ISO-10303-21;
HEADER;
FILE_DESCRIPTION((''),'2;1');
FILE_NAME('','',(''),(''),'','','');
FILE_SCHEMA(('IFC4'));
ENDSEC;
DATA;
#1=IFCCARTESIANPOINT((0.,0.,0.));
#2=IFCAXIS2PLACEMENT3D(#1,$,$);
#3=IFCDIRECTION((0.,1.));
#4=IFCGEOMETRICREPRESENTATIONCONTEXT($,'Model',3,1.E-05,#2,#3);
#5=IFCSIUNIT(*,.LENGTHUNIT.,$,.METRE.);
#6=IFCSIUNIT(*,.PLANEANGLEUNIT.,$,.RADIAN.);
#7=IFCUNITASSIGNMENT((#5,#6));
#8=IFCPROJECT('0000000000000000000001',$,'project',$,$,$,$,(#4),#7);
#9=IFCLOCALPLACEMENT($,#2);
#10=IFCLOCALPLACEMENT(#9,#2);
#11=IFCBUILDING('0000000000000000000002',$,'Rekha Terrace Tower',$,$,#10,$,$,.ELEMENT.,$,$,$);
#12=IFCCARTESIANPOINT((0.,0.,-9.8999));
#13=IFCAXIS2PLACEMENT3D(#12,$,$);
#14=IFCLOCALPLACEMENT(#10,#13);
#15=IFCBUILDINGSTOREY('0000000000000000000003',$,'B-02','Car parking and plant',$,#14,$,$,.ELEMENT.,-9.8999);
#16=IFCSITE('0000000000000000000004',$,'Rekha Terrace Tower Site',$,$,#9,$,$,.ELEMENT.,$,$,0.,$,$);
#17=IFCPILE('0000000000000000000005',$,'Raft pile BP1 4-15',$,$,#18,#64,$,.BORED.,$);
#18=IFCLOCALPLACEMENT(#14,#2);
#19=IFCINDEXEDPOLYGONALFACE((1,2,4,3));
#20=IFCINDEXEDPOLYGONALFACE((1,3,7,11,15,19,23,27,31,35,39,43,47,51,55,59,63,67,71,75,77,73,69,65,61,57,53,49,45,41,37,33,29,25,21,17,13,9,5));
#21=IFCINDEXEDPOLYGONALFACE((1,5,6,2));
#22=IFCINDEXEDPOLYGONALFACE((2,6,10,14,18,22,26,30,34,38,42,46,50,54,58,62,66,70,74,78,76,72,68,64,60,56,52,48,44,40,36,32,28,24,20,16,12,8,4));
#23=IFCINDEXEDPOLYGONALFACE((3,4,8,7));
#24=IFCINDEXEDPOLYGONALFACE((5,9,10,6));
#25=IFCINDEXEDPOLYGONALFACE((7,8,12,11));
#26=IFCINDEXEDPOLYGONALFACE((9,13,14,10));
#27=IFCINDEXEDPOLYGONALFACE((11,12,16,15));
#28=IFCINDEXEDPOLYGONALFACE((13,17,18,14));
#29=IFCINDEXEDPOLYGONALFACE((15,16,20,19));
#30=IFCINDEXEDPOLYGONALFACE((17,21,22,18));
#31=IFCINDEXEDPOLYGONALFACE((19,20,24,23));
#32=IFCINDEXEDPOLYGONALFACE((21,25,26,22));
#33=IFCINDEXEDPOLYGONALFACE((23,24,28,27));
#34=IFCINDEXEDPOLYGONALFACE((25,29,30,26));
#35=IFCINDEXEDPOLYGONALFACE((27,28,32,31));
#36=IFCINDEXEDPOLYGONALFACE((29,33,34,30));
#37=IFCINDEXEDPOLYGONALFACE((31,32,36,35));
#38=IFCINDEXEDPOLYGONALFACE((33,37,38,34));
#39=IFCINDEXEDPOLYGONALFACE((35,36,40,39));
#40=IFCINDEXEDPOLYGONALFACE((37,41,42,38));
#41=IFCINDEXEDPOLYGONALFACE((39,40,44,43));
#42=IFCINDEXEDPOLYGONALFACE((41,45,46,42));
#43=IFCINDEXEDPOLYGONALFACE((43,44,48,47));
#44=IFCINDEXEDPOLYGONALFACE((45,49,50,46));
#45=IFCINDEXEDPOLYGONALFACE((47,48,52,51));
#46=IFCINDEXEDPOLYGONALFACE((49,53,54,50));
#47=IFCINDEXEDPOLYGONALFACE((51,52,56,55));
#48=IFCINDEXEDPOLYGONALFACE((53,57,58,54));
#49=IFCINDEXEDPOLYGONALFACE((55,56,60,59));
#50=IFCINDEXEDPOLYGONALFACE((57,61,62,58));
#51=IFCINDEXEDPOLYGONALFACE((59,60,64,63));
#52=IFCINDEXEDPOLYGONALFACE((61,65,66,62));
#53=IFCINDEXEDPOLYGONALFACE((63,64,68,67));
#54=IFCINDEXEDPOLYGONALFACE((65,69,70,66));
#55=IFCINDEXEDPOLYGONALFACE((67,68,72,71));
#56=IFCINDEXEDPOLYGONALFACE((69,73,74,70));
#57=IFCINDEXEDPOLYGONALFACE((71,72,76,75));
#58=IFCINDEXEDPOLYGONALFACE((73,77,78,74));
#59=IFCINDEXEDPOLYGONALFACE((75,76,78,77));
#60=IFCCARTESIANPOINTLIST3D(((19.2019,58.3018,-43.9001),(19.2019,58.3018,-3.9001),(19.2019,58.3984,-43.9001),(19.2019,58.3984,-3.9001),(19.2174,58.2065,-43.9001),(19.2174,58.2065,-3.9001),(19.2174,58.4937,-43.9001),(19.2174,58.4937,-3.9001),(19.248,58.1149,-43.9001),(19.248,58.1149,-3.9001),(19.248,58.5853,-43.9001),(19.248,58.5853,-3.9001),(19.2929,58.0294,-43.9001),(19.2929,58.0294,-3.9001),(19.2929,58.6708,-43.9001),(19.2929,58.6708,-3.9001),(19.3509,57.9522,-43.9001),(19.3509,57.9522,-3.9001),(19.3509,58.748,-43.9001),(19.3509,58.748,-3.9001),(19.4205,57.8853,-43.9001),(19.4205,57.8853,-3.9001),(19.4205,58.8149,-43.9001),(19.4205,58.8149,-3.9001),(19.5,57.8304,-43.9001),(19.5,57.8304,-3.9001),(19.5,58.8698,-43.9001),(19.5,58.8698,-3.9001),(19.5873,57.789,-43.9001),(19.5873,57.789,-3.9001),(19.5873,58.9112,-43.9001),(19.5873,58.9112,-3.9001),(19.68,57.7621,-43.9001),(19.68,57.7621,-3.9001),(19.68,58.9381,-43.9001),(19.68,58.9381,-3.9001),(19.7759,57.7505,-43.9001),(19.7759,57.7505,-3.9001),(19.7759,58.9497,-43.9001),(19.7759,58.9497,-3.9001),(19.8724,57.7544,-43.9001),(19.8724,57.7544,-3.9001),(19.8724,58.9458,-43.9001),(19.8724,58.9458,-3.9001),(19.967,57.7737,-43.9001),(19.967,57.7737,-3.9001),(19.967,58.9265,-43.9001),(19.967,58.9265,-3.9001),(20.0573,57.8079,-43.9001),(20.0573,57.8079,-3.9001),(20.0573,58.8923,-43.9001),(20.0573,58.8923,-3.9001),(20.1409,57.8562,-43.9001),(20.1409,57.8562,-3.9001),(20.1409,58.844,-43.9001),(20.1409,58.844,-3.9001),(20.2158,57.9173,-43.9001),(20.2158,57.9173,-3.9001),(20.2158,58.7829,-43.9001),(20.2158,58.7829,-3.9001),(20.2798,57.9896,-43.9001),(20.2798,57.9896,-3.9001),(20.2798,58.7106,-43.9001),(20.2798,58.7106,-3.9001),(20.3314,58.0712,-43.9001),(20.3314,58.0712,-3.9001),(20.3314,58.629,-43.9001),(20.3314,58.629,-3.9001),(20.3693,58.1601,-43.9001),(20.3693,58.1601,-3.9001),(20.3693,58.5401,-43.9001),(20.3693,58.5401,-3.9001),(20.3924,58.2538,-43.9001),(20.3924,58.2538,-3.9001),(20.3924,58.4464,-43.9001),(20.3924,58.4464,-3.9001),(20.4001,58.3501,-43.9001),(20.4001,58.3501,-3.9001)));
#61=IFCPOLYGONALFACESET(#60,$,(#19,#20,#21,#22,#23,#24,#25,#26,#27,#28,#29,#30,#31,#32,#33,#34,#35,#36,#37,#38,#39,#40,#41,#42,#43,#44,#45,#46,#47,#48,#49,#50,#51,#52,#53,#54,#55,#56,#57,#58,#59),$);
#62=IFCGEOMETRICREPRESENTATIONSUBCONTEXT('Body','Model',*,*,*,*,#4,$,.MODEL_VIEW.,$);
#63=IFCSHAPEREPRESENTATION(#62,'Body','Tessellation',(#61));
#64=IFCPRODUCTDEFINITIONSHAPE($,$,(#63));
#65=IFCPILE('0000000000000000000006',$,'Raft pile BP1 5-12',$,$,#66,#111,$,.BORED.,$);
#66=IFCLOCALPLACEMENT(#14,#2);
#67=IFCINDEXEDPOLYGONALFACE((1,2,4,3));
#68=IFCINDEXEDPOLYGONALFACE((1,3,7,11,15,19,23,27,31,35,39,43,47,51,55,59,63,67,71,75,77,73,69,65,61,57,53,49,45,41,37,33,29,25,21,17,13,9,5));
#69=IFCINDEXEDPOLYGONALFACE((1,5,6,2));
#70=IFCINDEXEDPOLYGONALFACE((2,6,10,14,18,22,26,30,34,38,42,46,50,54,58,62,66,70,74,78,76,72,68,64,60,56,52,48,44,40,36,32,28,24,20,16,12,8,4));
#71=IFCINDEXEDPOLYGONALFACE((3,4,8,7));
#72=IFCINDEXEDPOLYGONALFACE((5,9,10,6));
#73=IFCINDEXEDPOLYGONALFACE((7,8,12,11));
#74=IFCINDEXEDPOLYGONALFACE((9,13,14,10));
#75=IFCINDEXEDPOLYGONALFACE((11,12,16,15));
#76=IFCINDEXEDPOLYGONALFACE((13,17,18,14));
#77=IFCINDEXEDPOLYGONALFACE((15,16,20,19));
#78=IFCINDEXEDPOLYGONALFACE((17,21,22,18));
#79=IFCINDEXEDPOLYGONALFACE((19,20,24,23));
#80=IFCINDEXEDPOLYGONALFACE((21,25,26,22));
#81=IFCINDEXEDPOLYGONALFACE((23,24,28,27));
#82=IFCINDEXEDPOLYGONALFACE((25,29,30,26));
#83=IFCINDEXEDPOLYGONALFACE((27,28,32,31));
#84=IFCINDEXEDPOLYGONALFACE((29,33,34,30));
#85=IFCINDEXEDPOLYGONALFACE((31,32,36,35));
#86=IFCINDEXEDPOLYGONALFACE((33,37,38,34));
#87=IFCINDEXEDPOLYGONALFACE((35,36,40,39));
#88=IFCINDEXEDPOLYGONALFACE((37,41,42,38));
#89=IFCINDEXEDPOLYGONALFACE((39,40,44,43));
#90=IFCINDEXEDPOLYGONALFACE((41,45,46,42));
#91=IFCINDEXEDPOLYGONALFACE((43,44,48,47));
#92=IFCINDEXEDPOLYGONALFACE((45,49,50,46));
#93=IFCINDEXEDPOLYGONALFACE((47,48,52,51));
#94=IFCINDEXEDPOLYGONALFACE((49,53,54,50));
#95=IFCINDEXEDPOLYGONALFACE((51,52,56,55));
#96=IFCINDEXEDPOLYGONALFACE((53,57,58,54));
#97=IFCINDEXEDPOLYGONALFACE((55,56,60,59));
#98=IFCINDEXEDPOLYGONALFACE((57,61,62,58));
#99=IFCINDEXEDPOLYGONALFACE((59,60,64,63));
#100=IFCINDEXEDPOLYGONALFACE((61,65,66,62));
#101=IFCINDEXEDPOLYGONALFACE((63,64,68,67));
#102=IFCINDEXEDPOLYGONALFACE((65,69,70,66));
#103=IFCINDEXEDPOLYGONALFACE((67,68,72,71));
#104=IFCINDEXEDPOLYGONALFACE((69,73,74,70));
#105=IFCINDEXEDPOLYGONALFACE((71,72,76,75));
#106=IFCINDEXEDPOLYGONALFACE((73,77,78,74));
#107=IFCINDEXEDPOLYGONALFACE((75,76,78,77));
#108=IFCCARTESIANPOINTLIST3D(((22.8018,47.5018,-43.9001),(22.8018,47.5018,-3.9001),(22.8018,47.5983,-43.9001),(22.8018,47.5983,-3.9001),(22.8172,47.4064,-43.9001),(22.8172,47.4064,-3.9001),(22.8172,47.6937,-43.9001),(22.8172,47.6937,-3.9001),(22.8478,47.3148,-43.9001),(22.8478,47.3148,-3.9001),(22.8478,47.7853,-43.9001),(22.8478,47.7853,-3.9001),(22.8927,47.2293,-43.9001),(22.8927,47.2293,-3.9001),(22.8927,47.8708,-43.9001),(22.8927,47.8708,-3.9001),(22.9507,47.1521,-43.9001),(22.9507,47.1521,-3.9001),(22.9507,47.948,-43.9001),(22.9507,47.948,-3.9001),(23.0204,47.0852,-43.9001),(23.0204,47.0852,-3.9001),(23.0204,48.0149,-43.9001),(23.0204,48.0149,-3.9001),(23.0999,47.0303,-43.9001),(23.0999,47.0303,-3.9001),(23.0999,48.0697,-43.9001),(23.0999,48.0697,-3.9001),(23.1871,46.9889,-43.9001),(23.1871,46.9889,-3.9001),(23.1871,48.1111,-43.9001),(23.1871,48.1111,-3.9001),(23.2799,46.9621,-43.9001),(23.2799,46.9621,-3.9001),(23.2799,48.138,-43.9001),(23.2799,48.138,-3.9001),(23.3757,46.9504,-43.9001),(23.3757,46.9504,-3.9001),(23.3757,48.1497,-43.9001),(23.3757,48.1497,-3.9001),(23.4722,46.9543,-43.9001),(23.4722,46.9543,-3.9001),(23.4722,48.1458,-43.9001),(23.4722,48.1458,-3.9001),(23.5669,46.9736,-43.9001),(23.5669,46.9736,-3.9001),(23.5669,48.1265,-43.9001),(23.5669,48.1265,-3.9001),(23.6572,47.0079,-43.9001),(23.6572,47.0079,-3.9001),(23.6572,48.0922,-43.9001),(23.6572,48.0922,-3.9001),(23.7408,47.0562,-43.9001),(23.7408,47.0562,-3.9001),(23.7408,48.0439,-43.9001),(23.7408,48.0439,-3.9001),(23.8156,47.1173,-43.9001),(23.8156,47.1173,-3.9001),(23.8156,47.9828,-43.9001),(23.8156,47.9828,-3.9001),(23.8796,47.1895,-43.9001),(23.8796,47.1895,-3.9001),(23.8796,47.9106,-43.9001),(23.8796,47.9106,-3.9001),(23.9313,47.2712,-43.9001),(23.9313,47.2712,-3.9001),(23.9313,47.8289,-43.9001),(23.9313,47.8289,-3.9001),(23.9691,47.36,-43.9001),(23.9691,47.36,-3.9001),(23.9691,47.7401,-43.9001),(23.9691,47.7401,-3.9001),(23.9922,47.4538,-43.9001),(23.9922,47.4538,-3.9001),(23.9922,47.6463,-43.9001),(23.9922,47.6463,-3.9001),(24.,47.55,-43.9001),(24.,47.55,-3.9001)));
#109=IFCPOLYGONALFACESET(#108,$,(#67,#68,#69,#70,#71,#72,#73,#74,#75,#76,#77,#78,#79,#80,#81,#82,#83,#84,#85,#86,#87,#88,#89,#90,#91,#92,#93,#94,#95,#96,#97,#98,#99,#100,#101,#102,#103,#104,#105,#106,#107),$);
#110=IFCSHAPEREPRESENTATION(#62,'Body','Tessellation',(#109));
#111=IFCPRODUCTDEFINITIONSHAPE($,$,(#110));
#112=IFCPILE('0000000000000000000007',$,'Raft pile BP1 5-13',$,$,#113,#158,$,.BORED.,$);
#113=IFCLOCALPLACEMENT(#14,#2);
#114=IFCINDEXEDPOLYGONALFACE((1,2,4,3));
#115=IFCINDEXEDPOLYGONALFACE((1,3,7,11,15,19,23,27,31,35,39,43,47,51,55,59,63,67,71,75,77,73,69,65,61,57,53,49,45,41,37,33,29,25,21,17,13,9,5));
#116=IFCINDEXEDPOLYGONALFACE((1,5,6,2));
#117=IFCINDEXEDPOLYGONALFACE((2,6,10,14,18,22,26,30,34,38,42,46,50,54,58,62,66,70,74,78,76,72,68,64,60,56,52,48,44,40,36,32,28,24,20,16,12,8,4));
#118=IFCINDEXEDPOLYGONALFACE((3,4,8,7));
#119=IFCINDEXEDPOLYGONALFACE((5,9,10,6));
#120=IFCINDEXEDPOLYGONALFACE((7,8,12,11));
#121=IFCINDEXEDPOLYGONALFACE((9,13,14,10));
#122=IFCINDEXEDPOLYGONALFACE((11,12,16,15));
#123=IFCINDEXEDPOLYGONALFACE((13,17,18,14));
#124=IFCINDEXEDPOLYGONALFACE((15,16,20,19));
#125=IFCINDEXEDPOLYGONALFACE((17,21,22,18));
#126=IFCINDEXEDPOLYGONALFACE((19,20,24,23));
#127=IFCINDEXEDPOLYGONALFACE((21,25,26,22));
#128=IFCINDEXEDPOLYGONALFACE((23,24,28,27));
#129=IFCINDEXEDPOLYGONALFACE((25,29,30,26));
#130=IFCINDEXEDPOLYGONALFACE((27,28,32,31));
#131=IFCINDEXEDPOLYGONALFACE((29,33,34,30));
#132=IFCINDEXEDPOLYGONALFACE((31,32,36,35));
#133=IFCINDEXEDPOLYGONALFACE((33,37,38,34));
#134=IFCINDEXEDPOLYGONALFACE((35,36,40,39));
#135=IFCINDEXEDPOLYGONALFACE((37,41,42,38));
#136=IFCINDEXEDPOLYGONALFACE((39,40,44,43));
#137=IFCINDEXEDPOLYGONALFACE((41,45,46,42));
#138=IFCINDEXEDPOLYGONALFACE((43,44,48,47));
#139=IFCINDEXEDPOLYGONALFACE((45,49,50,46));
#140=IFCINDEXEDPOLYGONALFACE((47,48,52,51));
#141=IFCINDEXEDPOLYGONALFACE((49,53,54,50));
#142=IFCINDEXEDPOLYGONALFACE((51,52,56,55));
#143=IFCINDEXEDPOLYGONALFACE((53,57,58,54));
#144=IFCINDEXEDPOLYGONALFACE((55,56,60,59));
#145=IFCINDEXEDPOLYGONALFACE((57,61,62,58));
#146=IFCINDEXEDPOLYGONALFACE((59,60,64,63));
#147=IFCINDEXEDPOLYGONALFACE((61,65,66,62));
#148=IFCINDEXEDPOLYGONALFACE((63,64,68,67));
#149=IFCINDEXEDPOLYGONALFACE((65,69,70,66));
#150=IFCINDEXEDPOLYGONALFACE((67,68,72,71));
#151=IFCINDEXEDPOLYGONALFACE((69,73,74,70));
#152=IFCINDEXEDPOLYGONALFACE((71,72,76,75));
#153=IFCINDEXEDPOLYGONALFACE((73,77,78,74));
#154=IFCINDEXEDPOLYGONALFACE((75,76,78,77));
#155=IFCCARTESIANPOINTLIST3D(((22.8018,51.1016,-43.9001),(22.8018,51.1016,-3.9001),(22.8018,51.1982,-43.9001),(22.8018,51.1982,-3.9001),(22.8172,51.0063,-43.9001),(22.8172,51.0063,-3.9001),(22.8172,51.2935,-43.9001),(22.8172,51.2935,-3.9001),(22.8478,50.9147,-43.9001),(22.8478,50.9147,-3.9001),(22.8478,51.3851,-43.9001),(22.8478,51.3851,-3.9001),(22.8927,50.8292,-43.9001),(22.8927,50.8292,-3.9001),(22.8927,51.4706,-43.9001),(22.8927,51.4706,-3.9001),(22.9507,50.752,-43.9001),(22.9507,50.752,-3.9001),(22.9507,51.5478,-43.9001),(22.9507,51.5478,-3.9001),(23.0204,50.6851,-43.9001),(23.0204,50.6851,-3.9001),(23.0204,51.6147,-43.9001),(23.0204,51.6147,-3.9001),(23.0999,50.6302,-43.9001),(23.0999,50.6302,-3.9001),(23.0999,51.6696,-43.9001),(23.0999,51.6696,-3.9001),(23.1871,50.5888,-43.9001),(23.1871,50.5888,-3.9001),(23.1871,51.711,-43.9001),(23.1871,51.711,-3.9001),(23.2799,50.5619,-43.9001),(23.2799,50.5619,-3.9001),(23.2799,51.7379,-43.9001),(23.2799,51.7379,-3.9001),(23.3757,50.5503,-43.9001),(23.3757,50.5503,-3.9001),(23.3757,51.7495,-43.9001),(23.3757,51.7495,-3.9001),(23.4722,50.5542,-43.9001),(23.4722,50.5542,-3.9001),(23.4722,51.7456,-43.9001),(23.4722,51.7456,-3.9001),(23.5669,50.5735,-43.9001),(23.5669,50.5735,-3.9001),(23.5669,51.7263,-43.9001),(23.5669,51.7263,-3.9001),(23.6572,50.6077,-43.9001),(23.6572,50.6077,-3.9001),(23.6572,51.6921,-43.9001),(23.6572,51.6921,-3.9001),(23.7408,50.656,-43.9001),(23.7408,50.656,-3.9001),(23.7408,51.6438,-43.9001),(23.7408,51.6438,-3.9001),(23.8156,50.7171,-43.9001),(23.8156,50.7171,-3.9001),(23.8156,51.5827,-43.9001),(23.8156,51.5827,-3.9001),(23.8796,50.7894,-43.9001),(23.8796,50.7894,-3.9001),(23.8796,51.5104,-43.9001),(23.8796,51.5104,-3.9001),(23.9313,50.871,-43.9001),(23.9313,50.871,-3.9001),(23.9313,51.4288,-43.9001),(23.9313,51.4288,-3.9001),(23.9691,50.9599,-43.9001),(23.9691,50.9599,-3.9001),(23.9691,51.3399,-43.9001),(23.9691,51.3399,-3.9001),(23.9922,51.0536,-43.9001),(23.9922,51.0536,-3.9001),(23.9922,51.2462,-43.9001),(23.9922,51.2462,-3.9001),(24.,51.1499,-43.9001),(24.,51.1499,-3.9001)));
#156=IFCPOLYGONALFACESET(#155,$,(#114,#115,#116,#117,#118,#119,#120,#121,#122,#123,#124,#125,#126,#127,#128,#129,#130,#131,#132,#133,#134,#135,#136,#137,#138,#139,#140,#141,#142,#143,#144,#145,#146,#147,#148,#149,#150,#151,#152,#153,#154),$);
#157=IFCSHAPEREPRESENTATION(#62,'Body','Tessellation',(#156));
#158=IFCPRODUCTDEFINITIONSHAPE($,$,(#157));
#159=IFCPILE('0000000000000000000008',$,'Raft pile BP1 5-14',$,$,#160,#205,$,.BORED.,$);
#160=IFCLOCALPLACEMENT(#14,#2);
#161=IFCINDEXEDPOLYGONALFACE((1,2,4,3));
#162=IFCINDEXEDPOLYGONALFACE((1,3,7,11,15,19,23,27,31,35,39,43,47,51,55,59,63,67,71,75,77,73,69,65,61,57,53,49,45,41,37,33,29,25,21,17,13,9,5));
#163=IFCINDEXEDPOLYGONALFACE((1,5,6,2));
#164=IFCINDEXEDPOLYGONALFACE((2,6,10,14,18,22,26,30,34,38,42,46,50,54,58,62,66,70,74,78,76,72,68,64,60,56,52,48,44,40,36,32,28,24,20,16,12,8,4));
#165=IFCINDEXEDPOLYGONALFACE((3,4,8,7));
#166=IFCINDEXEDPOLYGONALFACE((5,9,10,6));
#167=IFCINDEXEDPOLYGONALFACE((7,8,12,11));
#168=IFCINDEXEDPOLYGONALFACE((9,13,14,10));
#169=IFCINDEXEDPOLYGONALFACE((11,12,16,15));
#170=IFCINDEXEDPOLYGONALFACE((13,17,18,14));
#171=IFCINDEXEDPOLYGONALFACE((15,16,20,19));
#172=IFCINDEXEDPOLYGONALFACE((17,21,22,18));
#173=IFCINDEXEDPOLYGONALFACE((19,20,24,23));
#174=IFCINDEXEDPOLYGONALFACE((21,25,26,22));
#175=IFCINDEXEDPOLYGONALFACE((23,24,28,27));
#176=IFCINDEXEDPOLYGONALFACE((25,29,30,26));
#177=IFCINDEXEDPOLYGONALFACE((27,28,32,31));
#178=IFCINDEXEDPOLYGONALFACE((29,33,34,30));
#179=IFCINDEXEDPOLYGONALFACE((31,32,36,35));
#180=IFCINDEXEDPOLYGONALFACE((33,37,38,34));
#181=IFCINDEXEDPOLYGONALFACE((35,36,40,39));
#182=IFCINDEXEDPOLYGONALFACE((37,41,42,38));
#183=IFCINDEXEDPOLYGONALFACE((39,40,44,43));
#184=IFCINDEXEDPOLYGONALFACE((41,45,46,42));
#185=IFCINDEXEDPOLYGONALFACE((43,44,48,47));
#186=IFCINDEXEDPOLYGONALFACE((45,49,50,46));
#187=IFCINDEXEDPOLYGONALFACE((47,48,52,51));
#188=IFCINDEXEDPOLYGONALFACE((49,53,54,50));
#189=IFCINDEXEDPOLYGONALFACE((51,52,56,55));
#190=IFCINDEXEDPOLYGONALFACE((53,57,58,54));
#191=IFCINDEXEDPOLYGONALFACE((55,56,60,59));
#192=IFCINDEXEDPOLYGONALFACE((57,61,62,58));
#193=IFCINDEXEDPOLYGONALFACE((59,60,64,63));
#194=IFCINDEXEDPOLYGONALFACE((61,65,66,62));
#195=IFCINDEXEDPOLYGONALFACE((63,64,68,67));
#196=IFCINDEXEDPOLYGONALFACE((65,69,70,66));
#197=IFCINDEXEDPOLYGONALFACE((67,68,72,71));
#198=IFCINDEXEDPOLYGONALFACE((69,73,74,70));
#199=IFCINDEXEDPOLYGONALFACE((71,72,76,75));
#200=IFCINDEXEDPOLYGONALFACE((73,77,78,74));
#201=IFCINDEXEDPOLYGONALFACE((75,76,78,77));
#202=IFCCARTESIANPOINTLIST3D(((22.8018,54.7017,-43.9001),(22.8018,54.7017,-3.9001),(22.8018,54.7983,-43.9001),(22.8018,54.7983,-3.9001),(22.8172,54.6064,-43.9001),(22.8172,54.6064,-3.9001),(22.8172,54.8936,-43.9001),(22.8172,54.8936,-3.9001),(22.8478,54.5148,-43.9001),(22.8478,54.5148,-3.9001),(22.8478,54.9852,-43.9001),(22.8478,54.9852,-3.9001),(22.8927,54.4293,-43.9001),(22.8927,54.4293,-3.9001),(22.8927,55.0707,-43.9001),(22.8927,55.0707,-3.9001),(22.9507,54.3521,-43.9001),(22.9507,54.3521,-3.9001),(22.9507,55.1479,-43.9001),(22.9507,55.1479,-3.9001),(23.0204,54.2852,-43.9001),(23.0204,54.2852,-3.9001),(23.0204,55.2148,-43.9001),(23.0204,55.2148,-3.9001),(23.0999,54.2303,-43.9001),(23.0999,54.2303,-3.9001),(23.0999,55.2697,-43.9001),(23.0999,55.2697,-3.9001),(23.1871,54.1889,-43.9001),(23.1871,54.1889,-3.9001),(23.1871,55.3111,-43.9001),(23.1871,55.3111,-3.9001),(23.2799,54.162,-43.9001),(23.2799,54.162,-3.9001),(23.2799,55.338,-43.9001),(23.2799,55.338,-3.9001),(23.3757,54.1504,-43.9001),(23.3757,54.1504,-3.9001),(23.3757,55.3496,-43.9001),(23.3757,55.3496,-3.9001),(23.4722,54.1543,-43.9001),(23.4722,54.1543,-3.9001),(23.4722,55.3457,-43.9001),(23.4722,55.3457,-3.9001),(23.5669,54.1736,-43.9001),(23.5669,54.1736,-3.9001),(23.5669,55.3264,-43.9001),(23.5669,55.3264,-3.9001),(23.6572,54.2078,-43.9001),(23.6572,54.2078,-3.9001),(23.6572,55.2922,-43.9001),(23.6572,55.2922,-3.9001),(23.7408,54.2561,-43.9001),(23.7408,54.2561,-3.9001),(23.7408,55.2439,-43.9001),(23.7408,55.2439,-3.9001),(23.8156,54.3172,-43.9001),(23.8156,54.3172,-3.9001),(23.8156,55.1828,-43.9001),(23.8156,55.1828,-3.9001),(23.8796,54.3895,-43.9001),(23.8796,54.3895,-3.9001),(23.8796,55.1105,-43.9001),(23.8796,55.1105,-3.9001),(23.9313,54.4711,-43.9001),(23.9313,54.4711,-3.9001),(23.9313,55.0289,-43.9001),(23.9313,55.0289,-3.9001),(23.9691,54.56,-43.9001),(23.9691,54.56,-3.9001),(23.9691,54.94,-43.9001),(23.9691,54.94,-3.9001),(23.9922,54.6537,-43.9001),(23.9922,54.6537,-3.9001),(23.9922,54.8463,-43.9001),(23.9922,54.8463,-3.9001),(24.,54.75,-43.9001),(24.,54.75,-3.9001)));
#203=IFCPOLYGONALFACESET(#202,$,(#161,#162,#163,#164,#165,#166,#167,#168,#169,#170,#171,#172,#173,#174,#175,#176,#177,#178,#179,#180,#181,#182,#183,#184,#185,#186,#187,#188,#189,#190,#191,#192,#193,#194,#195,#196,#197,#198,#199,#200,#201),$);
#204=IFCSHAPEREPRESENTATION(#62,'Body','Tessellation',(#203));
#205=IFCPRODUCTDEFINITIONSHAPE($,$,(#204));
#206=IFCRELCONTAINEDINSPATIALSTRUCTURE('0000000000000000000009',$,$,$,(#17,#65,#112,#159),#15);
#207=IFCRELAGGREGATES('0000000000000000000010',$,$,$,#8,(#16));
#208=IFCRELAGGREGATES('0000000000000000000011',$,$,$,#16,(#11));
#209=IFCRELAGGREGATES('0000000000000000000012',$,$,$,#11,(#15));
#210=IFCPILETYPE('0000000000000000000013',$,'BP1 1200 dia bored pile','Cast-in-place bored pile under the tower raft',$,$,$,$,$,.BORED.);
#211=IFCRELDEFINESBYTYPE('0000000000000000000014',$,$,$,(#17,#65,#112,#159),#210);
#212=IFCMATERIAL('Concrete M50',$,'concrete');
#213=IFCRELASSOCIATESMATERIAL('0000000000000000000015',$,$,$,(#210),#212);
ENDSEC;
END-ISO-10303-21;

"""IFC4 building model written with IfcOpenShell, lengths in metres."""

from ifc_helpers import new_model, si_unit, direction, frame, origin, origin_2d, place, context, subcontext, project, spatial, circle, extrude, material, type_object, element, save


model = new_model("IFC4")

# Units and contexts
model_context = context("Model", 3, precision=1e-05, world=origin(), true_north=direction((0.0, 1.0)))
body_context = subcontext(model_context, "Body", "Model", "MODEL_VIEW")
ifc_project = project(units=[si_unit("LENGTHUNIT", "METRE"), si_unit("PLANEANGLEUNIT", "RADIAN")], contexts=[model_context])

# Site, building, storey
site_placement = place(None, origin())
site = spatial("IfcSite", under=ifc_project, at=site_placement, Name="Rekha Terrace Tower Site", CompositionType="ELEMENT", RefElevation=0.0)
building_placement = place(site_placement, origin())
building = spatial("IfcBuilding", under=site, at=building_placement, Name="Rekha Terrace Tower", CompositionType="ELEMENT")
storey_placement = place(building_placement, frame((0.0, 0.0, -9.8999)))
storey = spatial("IfcBuildingStorey", under=building, at=storey_placement, Name="B-02", Description="Car parking and plant", CompositionType="ELEMENT", Elevation=-9.8999)

# Piles
ifc_material_1 = material(Name="Concrete M50", Category="concrete")
pile_type = type_object("IfcPileType", Name="BP1 1200 dia bored pile", Description="Cast-in-place bored pile under the tower raft", PredefinedType="BORED", material=ifc_material_1)
for number, where, z_axis, x_axis, name in (
    (1, (19.8, 58.3501, -3.9001), (0.0, 0.0, -1.0), (1.0, 0.0, 0.0), "Raft pile BP1 4-15"),
    (2, (23.3999, 47.55, -3.9001), (0.0, 0.0, -1.0), (1.0, 0.0, 0.0), "Raft pile BP1 5-12"),
    (3, (23.3999, 51.1499, -3.9001), (0.0, 0.0, -1.0), (1.0, 0.0, 0.0), "Raft pile BP1 5-13"),
    (4, (23.3999, 54.75, -3.9001), (0.0, 0.0, -1.0), (1.0, 0.0, 0.0), "Raft pile BP1 5-14"),
):
    element("IfcPile", number, at=place(storey_placement, frame(where, z_axis=z_axis, x_axis=x_axis)), inside=storey, type_object=pile_type, Name=name, PredefinedType="BORED", context=body_context, shape_type="SweptSolid", body=[
        extrude(circle(Radius=0.6001, at=origin_2d()), origin(), (0.0, 0.0, 1.0), 40.0),
    ])

save(model, "model.ifc")
